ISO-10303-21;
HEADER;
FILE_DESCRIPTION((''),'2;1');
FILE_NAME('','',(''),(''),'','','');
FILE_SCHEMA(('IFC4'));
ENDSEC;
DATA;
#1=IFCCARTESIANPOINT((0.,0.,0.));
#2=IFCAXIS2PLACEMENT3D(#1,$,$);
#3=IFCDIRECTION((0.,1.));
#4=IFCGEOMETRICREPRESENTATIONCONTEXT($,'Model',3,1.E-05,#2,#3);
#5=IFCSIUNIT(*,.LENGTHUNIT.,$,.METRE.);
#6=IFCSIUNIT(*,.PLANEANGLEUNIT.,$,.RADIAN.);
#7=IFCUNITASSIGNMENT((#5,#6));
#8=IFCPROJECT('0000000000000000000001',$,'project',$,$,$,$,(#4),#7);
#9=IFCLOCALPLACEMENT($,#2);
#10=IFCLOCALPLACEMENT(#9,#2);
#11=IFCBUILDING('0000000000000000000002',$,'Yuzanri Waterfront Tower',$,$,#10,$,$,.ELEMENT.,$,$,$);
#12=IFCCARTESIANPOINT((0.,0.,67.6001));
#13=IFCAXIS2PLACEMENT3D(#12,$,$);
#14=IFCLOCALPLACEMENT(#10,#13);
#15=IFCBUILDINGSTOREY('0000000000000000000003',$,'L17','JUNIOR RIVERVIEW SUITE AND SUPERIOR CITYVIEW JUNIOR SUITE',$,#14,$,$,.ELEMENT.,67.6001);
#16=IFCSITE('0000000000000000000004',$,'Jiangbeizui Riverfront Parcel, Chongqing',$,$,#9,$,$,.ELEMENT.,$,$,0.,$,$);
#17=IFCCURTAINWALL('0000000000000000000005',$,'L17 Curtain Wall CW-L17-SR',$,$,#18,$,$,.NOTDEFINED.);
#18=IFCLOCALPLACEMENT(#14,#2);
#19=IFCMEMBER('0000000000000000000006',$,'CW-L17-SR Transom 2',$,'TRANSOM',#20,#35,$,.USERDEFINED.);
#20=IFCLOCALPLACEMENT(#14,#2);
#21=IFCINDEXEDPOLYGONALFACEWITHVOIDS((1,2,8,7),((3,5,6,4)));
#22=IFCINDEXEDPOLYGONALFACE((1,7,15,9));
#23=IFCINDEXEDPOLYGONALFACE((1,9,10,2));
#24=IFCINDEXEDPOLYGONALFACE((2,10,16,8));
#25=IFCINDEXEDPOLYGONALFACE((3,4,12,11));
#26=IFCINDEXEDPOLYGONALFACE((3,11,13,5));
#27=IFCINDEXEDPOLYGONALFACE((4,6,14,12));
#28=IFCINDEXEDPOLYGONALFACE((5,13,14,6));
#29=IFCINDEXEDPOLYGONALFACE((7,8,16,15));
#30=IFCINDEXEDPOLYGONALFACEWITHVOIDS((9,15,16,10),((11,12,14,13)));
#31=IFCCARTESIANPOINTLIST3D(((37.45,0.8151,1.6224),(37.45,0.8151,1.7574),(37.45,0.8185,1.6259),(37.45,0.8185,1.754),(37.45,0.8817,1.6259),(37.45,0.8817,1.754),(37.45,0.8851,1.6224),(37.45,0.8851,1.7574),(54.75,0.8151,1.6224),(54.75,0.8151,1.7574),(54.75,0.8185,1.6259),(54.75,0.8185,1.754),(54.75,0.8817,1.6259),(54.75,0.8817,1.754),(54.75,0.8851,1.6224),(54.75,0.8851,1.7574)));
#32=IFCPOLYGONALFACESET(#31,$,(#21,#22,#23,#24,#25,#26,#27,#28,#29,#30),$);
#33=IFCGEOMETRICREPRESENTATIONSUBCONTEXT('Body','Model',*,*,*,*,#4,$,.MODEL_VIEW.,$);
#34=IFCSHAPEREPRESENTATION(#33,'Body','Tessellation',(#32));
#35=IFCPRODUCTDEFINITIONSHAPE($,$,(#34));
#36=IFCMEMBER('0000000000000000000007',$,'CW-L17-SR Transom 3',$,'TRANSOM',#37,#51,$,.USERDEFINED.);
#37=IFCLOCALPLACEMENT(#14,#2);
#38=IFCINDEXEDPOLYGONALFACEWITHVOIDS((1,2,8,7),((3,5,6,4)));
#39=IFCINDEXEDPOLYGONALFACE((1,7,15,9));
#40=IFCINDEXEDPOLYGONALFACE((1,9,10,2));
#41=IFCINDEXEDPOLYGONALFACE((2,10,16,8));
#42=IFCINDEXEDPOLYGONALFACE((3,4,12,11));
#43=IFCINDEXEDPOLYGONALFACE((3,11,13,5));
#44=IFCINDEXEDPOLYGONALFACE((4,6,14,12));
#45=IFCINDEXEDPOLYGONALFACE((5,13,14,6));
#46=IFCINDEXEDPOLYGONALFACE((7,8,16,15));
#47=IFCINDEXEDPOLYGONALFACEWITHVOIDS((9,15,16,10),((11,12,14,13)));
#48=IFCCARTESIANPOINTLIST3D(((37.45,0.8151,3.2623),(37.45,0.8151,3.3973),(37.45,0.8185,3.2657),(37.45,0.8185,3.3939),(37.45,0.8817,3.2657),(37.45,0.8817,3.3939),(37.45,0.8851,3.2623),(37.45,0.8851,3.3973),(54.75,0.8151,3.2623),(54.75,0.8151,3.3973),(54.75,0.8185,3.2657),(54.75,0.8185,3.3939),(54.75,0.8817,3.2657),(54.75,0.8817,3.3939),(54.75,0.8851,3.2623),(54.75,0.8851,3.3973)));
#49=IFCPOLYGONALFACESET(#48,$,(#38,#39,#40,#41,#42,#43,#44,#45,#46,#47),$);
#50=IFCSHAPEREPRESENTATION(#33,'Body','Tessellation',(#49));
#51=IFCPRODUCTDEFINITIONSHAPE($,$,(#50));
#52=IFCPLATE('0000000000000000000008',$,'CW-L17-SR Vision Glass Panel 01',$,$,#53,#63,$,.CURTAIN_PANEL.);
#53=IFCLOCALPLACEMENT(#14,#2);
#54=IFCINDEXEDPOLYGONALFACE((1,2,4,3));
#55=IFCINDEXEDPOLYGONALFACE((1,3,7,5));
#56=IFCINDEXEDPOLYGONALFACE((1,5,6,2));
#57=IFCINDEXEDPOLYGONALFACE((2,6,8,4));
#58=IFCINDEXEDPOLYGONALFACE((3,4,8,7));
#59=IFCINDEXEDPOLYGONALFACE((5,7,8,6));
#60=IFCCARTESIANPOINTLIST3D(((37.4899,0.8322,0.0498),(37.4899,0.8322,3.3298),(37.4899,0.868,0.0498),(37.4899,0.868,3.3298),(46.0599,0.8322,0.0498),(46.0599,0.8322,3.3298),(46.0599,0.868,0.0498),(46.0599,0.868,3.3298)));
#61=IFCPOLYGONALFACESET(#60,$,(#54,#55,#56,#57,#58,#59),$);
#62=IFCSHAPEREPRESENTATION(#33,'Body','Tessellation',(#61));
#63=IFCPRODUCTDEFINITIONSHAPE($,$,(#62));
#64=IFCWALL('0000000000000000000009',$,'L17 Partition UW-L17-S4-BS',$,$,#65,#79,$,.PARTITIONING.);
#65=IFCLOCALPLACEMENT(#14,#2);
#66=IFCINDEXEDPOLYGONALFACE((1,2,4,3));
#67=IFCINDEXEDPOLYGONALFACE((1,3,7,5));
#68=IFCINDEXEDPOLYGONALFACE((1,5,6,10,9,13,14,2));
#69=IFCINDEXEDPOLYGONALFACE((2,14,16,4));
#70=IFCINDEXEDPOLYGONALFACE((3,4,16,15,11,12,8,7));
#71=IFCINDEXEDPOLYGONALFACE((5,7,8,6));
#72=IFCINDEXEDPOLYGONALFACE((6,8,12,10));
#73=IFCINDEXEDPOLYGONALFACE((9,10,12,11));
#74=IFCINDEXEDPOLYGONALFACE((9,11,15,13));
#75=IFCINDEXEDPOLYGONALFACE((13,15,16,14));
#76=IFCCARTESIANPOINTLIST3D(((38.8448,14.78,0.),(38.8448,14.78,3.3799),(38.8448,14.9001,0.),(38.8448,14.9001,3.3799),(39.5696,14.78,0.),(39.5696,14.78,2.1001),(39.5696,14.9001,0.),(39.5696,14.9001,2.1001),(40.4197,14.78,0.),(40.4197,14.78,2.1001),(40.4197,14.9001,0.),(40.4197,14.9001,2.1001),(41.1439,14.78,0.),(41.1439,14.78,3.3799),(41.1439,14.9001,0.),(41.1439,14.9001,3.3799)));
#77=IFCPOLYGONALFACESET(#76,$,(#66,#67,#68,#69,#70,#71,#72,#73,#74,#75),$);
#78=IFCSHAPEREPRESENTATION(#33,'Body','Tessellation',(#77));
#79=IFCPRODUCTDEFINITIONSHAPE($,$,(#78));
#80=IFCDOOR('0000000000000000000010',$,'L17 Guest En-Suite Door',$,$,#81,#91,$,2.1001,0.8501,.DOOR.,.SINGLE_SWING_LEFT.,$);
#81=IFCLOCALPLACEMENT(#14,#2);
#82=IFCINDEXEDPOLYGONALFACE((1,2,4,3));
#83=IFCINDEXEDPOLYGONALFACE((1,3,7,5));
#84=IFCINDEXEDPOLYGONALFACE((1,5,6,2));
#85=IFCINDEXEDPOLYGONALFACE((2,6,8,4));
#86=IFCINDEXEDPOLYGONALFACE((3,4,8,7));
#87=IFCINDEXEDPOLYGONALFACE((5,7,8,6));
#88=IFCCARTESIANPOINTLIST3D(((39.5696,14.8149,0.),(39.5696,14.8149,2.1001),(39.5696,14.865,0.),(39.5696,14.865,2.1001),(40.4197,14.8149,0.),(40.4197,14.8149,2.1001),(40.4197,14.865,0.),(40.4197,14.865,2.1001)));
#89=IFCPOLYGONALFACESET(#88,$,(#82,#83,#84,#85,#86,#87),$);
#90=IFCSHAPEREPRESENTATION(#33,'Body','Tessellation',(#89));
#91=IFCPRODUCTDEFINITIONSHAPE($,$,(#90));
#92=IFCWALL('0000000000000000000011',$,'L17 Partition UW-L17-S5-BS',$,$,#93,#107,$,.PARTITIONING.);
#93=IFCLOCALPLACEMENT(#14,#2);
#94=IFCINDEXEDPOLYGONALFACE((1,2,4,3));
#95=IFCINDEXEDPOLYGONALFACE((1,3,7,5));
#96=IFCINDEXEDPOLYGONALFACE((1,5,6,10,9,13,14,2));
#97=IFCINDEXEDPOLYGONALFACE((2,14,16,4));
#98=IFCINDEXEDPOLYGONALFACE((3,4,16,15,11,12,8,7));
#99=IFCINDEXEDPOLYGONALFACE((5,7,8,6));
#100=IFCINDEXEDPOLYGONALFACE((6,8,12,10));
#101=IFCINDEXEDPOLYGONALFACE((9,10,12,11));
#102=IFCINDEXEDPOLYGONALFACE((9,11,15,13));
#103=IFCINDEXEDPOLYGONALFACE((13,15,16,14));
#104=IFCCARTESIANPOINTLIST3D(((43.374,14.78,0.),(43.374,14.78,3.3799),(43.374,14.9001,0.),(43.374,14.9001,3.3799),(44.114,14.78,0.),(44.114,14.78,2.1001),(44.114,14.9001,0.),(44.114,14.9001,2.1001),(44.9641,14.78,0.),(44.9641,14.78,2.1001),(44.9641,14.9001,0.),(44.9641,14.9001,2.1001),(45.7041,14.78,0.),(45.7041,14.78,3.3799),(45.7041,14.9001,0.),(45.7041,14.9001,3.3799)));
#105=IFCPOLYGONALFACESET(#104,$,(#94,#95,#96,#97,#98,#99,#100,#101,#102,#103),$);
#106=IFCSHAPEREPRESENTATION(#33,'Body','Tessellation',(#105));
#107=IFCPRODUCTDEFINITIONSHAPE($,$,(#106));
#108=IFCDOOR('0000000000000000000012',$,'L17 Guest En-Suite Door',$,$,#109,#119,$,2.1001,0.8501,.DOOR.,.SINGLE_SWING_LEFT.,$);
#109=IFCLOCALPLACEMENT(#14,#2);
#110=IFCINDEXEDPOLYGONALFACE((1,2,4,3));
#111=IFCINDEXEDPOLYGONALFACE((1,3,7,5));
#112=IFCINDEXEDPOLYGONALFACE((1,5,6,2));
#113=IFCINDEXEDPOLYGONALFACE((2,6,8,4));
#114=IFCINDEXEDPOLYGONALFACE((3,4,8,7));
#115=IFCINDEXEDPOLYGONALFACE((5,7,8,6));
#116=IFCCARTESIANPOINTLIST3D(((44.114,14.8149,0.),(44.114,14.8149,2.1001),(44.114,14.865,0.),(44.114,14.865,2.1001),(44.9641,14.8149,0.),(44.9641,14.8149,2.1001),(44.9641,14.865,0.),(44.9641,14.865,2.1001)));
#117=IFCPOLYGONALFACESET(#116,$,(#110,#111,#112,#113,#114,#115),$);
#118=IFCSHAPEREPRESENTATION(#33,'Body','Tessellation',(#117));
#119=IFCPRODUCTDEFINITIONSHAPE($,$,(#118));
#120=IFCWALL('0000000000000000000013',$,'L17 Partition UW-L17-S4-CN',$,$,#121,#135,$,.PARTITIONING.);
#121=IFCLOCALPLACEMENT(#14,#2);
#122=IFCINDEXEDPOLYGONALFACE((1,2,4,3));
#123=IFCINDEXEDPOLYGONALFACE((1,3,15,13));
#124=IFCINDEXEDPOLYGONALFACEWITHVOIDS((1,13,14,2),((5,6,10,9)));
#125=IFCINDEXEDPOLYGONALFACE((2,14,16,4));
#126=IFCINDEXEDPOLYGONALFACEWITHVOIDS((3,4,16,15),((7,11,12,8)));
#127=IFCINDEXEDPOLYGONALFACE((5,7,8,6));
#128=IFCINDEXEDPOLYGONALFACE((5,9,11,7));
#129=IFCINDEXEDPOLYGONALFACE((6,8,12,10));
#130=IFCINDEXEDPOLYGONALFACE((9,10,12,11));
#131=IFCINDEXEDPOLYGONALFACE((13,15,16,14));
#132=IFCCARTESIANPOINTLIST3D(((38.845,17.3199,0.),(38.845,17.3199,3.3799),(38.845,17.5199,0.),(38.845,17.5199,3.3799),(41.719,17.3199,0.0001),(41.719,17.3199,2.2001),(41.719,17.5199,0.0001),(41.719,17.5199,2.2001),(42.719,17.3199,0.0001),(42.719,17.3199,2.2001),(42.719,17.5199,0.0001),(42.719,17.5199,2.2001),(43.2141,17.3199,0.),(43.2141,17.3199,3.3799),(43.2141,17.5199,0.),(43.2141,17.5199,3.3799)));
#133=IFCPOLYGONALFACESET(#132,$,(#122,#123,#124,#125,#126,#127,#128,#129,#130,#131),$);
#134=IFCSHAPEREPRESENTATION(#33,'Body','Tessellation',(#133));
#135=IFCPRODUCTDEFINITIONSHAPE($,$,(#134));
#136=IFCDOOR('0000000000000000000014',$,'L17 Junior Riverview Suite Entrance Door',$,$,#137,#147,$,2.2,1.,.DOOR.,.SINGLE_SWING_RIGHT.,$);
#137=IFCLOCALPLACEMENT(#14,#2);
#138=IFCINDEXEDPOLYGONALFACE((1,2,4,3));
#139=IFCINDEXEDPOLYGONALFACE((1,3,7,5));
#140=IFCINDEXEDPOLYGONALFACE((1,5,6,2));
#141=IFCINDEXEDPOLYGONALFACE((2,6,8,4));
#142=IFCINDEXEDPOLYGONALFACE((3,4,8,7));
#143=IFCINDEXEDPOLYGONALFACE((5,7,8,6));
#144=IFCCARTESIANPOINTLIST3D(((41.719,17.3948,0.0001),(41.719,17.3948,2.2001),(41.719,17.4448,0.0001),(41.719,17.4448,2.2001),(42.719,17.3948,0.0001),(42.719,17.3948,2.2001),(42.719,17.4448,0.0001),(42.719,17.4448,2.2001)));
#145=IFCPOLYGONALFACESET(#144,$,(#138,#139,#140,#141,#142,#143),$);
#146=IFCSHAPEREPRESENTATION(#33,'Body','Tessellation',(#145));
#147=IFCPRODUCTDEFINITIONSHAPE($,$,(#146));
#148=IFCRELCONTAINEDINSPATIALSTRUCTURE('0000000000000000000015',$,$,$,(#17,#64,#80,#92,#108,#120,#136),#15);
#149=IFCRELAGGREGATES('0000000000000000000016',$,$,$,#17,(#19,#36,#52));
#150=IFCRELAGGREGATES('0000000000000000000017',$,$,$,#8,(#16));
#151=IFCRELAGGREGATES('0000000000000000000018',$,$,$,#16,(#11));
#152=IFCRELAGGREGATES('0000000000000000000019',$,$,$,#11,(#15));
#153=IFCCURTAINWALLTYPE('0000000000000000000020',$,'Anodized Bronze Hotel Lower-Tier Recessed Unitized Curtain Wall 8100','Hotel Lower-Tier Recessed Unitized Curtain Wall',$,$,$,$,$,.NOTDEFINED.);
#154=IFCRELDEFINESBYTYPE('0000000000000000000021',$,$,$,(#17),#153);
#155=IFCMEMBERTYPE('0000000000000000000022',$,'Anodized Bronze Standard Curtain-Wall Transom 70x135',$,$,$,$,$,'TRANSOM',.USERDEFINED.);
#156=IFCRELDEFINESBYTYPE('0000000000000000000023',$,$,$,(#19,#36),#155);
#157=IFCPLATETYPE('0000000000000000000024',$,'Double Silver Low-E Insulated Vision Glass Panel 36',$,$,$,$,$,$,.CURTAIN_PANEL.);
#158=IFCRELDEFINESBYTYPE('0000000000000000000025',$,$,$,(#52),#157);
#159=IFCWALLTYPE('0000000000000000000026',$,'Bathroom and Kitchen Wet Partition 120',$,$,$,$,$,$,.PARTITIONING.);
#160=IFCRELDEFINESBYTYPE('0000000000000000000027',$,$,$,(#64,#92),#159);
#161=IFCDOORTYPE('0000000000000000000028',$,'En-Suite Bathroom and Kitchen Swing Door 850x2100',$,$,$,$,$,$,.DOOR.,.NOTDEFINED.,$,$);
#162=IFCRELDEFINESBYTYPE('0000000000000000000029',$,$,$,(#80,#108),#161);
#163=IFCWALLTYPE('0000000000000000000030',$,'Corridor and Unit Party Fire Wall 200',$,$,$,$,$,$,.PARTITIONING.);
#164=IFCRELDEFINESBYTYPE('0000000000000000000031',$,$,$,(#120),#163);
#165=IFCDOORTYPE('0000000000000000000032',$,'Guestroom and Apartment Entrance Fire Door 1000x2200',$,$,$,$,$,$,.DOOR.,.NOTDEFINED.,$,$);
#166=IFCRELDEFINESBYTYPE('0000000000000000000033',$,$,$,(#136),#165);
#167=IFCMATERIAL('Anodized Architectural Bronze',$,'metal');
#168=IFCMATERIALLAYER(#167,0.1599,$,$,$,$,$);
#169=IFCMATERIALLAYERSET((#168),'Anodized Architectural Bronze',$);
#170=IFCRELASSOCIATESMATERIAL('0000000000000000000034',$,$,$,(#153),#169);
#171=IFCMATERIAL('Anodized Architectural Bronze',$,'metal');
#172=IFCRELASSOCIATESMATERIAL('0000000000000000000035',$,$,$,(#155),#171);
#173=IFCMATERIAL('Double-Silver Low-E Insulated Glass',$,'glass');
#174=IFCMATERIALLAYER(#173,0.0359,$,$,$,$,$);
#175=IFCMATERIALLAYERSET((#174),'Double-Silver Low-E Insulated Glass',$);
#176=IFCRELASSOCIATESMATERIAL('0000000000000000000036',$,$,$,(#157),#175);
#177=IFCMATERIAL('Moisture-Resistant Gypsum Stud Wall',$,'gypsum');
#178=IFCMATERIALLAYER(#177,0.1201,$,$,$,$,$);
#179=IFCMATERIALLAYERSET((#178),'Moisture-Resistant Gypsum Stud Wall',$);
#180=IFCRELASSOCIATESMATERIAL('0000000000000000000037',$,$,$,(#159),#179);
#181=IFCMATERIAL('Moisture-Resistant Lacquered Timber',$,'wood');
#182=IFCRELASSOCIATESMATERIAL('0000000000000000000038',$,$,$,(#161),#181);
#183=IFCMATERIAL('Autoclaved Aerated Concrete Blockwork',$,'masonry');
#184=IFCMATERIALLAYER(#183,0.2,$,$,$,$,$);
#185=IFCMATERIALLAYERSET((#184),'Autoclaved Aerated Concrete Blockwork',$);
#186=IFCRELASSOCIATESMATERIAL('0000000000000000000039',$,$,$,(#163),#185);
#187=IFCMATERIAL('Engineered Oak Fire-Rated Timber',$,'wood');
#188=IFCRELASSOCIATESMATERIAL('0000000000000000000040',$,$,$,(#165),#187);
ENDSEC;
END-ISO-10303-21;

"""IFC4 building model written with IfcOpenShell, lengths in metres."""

from ifc_helpers import new_model, si_unit, direction, frame, frame_2d, origin, origin_2d, place, context, subcontext, project, spatial, rectangle, hollow_rectangle, extrude, source, transform, mapped, material, layer, layer_set, material_profile, profile_set, type_object, element, fill, aggregate, save


model = new_model("IFC4")

# Units and contexts
model_context = context("Model", 3, precision=1e-05, world=origin(), true_north=direction((0.0, 1.0)))
body_context = subcontext(model_context, "Body", "Model", "MODEL_VIEW")
ifc_project = project(units=[si_unit("LENGTHUNIT", "METRE"), si_unit("PLANEANGLEUNIT", "RADIAN")], contexts=[model_context])

# Site, building, storey
site_placement = place(None, origin())
site = spatial("IfcSite", under=ifc_project, at=site_placement, Name="Jiangbeizui Riverfront Parcel, Chongqing", CompositionType="ELEMENT", RefElevation=0.0)
building_placement = place(site_placement, origin())
building = spatial("IfcBuilding", under=site, at=building_placement, Name="Yuzanri Waterfront Tower", CompositionType="ELEMENT")
storey_placement = place(building_placement, frame((0.0, 0.0, 67.6001)))
storey = spatial("IfcBuildingStorey", under=building, at=storey_placement, Name="L17", Description="JUNIOR RIVERVIEW SUITE AND SUPERIOR CITYVIEW JUNIOR SUITE", CompositionType="ELEMENT", Elevation=67.6001)

# Curtain wall, members, plate
ifc_material_1 = material(Name="Anodized Architectural Bronze", Category="metal")
ifc_layer_1 = layer(ifc_material_1, 0.1599)
ifc_layer_set_1 = layer_set([ifc_layer_1], Name="Anodized Architectural Bronze")
curtain_wall_type = type_object("IfcCurtainWallType", Name="Anodized Bronze Hotel Lower-Tier Recessed Unitized Curtain Wall 8100", Description="Hotel Lower-Tier Recessed Unitized Curtain Wall", PredefinedType="NOTDEFINED", material=ifc_layer_set_1)
curtain_wall_placement = place(storey_placement, origin())
curtain_wall = element("IfcCurtainWall", 1, at=curtain_wall_placement, inside=storey, type_object=curtain_wall_type, Name="L17 Curtain Wall CW-L17-SR", PredefinedType="NOTDEFINED")
ifc_material_2 = material(Name="Anodized Architectural Bronze", Category="metal")
ifc_material_profile_1 = material_profile(ifc_material_2, hollow_rectangle(XDim=0.0701, YDim=0.135, WallThickness=0.0034, at=origin_2d()), Name="CWT 70x135")
ifc_profile_set_1 = profile_set([ifc_material_profile_1], Name="Anodized Architectural Bronze")
member_type_1 = type_object("IfcMemberType", Name="Anodized Bronze Standard Curtain-Wall Transom 70x135", ElementType="TRANSOM", PredefinedType="USERDEFINED", material=ifc_profile_set_1)
shared_shape_1 = source(origin(), body_context, "Body", "SweptSolid", [
    extrude(hollow_rectangle(XDim=0.0701, YDim=0.135, WallThickness=0.0034, at=origin_2d()), origin(), (0.0, 0.0, 1.0), 17.3),
])
member_1_placement = place(storey_placement, frame((37.45, 0.8501, 1.6899), z_axis=(1.0, 0.0, 0.0), x_axis=(0.0, 1.0, 0.0)))
member_1 = element("IfcMember", 2, at=member_1_placement, type_object=member_type_1, Name="CW-L17-SR Transom 2", ObjectType="TRANSOM", PredefinedType="USERDEFINED", context=body_context, shape_type="MappedRepresentation", body=[
    mapped(shared_shape_1, transform((0.0, 0.0, 0.0), scale=1.0)),
])
member_2_placement = place(storey_placement, frame((37.45, 0.8501, 3.3298), z_axis=(1.0, 0.0, 0.0), x_axis=(0.0, 1.0, 0.0)))
member_2 = element("IfcMember", 3, at=member_2_placement, type_object=member_type_1, Name="CW-L17-SR Transom 3", ObjectType="TRANSOM", PredefinedType="USERDEFINED", context=body_context, shape_type="MappedRepresentation", body=[
    mapped(shared_shape_1, transform((0.0, 0.0, 0.0), scale=1.0)),
])
ifc_material_3 = material(Name="Double-Silver Low-E Insulated Glass", Category="glass")
ifc_layer_2 = layer(ifc_material_3, 0.0359)
ifc_layer_set_2 = layer_set([ifc_layer_2], Name="Double-Silver Low-E Insulated Glass")
plate_type = type_object("IfcPlateType", Name="Double Silver Low-E Insulated Vision Glass Panel 36", PredefinedType="CURTAIN_PANEL", material=ifc_layer_set_2)
shared_shape_2 = source(origin(), body_context, "Body", "SweptSolid", [
    extrude(rectangle(XDim=8.5701, YDim=0.0359, at=origin_2d()), origin(), (0.0, 0.0, 1.0), 3.28),
])
plate_placement = place(storey_placement, frame((41.7749, 0.8501, 0.0498), z_axis=(0.0, 0.0, 1.0), x_axis=(1.0, 0.0, 0.0)))
plate = element("IfcPlate", 4, at=plate_placement, type_object=plate_type, Name="CW-L17-SR Vision Glass Panel 01", PredefinedType="CURTAIN_PANEL", context=body_context, shape_type="MappedRepresentation", body=[
    mapped(shared_shape_2, transform((0.0, 0.0, 0.0), scale=1.0)),
])
aggregate(curtain_wall, [member_1, member_2, plate])

# Walls, openings, doors
ifc_material_4 = material(Name="Moisture-Resistant Gypsum Stud Wall", Category="gypsum")
ifc_layer_3 = layer(ifc_material_4, 0.1201)
ifc_layer_set_3 = layer_set([ifc_layer_3], Name="Moisture-Resistant Gypsum Stud Wall")
wall_type_1 = type_object("IfcWallType", Name="Bathroom and Kitchen Wet Partition 120", PredefinedType="PARTITIONING", material=ifc_layer_set_3)
wall_1_placement = place(storey_placement, frame((38.845, 14.8401, 0.0), z_axis=(0.0, 0.0, 1.0), x_axis=(1.0, 0.0, 0.0)))
wall_1 = element("IfcWall", 5, at=wall_1_placement, inside=storey, type_object=wall_type_1, Name="L17 Partition UW-L17-S4-BS", PredefinedType="PARTITIONING", context=body_context, shape_type="SweptSolid", body=[
    extrude(rectangle(XDim=2.2991, YDim=0.1201, at=frame_2d((1.1494, 0.0))), origin(), (0.0, 0.0, 1.0), 3.3799),
])
opening_1_placement = place(wall_1_placement, frame((0.7246, 0.0, 0.0)))
opening_1 = element("IfcOpeningElement", 6, at=opening_1_placement, cuts=wall_1, PredefinedType="OPENING", context=body_context, shape_type="SweptSolid", body=[
    extrude(rectangle(XDim=0.8501, YDim=2.1001, at=frame_2d((0.425, 1.05))), frame((0.0, 0.075, 0.0), z_axis=(0.0, -1.0, 0.0), x_axis=(1.0, 0.0, 0.0)), (0.0, 0.0, 1.0), 0.1499),
])
ifc_material_5 = material(Name="Moisture-Resistant Lacquered Timber", Category="wood")
door_type_1 = type_object("IfcDoorType", Name="En-Suite Bathroom and Kitchen Swing Door 850x2100", OperationType="NOTDEFINED", PredefinedType="DOOR", material=ifc_material_5)
shared_shape_3 = source(origin(), body_context, "Body", "SweptSolid", [
    extrude(rectangle(XDim=0.8501, YDim=2.1001, at=frame_2d((0.425, 1.05))), frame((0.0, 0.0249, 0.0), z_axis=(0.0, -1.0, 0.0), x_axis=(1.0, 0.0, 0.0)), (0.0, 0.0, 1.0), 0.05),
])
door_1_placement = place(opening_1_placement, origin())
door_1 = element("IfcDoor", 7, at=door_1_placement, inside=storey, type_object=door_type_1, Name="L17 Guest En-Suite Door", OperationType="SINGLE_SWING_LEFT", OverallHeight=2.1001, OverallWidth=0.8501, PredefinedType="DOOR", context=body_context, shape_type="MappedRepresentation", body=[
    mapped(shared_shape_3, transform((0.0, 0.0, 0.0), scale=1.0)),
])
fill(opening_1, door_1)
wall_2_placement = place(storey_placement, frame((43.374, 14.8401, 0.0), z_axis=(0.0, 0.0, 1.0), x_axis=(1.0, 0.0, 0.0)))
wall_2 = element("IfcWall", 8, at=wall_2_placement, inside=storey, type_object=wall_type_1, Name="L17 Partition UW-L17-S5-BS", PredefinedType="PARTITIONING", context=body_context, shape_type="SweptSolid", body=[
    extrude(rectangle(XDim=2.3301, YDim=0.1201, at=frame_2d((1.165, 0.0))), origin(), (0.0, 0.0, 1.0), 3.3799),
])
opening_2_placement = place(wall_2_placement, frame((0.74, 0.0, 0.0)))
opening_2 = element("IfcOpeningElement", 9, at=opening_2_placement, cuts=wall_2, PredefinedType="OPENING", context=body_context, shape_type="SweptSolid", body=[
    extrude(rectangle(XDim=0.8501, YDim=2.1001, at=frame_2d((0.425, 1.05))), frame((0.0, 0.075, 0.0), z_axis=(0.0, -1.0, 0.0), x_axis=(1.0, 0.0, 0.0)), (0.0, 0.0, 1.0), 0.1499),
])
door_2_placement = place(opening_2_placement, origin())
door_2 = element("IfcDoor", 10, at=door_2_placement, inside=storey, type_object=door_type_1, Name="L17 Guest En-Suite Door", OperationType="SINGLE_SWING_LEFT", OverallHeight=2.1001, OverallWidth=0.8501, PredefinedType="DOOR", context=body_context, shape_type="MappedRepresentation", body=[
    mapped(shared_shape_3, transform((0.0, 0.0, 0.0), scale=1.0)),
])
fill(opening_2, door_2)
ifc_material_6 = material(Name="Autoclaved Aerated Concrete Blockwork", Category="masonry")
ifc_layer_4 = layer(ifc_material_6, 0.2)
ifc_layer_set_4 = layer_set([ifc_layer_4], Name="Autoclaved Aerated Concrete Blockwork")
wall_type_2 = type_object("IfcWallType", Name="Corridor and Unit Party Fire Wall 200", PredefinedType="PARTITIONING", material=ifc_layer_set_4)
wall_3_placement = place(storey_placement, frame((38.845, 17.4199, 0.0), z_axis=(0.0, 0.0, 1.0), x_axis=(1.0, 0.0, 0.0)))
wall_3 = element("IfcWall", 11, at=wall_3_placement, inside=storey, type_object=wall_type_2, Name="L17 Partition UW-L17-S4-CN", PredefinedType="PARTITIONING", context=body_context, shape_type="SweptSolid", body=[
    extrude(rectangle(XDim=4.3691, YDim=0.2, at=frame_2d((2.1846, 0.0))), origin(), (0.0, 0.0, 1.0), 3.3799),
])
opening_3_placement = place(wall_3_placement, frame((2.874, 0.0, 0.0)))
opening_3 = element("IfcOpeningElement", 12, at=opening_3_placement, cuts=wall_3, PredefinedType="OPENING", context=body_context, shape_type="SweptSolid", body=[
    extrude(rectangle(XDim=1.0, YDim=2.2, at=frame_2d((0.5, 1.1001))), frame((0.0, 0.1147, 0.0), z_axis=(0.0, -1.0, 0.0), x_axis=(1.0, 0.0, 0.0)), (0.0, 0.0, 1.0), 0.2297),
])
ifc_material_7 = material(Name="Engineered Oak Fire-Rated Timber", Category="wood")
door_type_2 = type_object("IfcDoorType", Name="Guestroom and Apartment Entrance Fire Door 1000x2200", OperationType="NOTDEFINED", PredefinedType="DOOR", material=ifc_material_7)
shared_shape_4 = source(origin(), body_context, "Body", "SweptSolid", [
    extrude(rectangle(XDim=1.0, YDim=2.2, at=frame_2d((0.5, 1.1001))), frame((0.0, 0.0249, 0.0), z_axis=(0.0, -1.0, 0.0), x_axis=(1.0, 0.0, 0.0)), (0.0, 0.0, 1.0), 0.05),
])
door_3_placement = place(opening_3_placement, origin())
door_3 = element("IfcDoor", 13, at=door_3_placement, inside=storey, type_object=door_type_2, Name="L17 Junior Riverview Suite Entrance Door", OperationType="SINGLE_SWING_RIGHT", OverallHeight=2.2, OverallWidth=1.0, PredefinedType="DOOR", context=body_context, shape_type="MappedRepresentation", body=[
    mapped(shared_shape_4, transform((0.0, 0.0, 0.0), scale=1.0)),
])
fill(opening_3, door_3)

save(model, "model.ifc")
